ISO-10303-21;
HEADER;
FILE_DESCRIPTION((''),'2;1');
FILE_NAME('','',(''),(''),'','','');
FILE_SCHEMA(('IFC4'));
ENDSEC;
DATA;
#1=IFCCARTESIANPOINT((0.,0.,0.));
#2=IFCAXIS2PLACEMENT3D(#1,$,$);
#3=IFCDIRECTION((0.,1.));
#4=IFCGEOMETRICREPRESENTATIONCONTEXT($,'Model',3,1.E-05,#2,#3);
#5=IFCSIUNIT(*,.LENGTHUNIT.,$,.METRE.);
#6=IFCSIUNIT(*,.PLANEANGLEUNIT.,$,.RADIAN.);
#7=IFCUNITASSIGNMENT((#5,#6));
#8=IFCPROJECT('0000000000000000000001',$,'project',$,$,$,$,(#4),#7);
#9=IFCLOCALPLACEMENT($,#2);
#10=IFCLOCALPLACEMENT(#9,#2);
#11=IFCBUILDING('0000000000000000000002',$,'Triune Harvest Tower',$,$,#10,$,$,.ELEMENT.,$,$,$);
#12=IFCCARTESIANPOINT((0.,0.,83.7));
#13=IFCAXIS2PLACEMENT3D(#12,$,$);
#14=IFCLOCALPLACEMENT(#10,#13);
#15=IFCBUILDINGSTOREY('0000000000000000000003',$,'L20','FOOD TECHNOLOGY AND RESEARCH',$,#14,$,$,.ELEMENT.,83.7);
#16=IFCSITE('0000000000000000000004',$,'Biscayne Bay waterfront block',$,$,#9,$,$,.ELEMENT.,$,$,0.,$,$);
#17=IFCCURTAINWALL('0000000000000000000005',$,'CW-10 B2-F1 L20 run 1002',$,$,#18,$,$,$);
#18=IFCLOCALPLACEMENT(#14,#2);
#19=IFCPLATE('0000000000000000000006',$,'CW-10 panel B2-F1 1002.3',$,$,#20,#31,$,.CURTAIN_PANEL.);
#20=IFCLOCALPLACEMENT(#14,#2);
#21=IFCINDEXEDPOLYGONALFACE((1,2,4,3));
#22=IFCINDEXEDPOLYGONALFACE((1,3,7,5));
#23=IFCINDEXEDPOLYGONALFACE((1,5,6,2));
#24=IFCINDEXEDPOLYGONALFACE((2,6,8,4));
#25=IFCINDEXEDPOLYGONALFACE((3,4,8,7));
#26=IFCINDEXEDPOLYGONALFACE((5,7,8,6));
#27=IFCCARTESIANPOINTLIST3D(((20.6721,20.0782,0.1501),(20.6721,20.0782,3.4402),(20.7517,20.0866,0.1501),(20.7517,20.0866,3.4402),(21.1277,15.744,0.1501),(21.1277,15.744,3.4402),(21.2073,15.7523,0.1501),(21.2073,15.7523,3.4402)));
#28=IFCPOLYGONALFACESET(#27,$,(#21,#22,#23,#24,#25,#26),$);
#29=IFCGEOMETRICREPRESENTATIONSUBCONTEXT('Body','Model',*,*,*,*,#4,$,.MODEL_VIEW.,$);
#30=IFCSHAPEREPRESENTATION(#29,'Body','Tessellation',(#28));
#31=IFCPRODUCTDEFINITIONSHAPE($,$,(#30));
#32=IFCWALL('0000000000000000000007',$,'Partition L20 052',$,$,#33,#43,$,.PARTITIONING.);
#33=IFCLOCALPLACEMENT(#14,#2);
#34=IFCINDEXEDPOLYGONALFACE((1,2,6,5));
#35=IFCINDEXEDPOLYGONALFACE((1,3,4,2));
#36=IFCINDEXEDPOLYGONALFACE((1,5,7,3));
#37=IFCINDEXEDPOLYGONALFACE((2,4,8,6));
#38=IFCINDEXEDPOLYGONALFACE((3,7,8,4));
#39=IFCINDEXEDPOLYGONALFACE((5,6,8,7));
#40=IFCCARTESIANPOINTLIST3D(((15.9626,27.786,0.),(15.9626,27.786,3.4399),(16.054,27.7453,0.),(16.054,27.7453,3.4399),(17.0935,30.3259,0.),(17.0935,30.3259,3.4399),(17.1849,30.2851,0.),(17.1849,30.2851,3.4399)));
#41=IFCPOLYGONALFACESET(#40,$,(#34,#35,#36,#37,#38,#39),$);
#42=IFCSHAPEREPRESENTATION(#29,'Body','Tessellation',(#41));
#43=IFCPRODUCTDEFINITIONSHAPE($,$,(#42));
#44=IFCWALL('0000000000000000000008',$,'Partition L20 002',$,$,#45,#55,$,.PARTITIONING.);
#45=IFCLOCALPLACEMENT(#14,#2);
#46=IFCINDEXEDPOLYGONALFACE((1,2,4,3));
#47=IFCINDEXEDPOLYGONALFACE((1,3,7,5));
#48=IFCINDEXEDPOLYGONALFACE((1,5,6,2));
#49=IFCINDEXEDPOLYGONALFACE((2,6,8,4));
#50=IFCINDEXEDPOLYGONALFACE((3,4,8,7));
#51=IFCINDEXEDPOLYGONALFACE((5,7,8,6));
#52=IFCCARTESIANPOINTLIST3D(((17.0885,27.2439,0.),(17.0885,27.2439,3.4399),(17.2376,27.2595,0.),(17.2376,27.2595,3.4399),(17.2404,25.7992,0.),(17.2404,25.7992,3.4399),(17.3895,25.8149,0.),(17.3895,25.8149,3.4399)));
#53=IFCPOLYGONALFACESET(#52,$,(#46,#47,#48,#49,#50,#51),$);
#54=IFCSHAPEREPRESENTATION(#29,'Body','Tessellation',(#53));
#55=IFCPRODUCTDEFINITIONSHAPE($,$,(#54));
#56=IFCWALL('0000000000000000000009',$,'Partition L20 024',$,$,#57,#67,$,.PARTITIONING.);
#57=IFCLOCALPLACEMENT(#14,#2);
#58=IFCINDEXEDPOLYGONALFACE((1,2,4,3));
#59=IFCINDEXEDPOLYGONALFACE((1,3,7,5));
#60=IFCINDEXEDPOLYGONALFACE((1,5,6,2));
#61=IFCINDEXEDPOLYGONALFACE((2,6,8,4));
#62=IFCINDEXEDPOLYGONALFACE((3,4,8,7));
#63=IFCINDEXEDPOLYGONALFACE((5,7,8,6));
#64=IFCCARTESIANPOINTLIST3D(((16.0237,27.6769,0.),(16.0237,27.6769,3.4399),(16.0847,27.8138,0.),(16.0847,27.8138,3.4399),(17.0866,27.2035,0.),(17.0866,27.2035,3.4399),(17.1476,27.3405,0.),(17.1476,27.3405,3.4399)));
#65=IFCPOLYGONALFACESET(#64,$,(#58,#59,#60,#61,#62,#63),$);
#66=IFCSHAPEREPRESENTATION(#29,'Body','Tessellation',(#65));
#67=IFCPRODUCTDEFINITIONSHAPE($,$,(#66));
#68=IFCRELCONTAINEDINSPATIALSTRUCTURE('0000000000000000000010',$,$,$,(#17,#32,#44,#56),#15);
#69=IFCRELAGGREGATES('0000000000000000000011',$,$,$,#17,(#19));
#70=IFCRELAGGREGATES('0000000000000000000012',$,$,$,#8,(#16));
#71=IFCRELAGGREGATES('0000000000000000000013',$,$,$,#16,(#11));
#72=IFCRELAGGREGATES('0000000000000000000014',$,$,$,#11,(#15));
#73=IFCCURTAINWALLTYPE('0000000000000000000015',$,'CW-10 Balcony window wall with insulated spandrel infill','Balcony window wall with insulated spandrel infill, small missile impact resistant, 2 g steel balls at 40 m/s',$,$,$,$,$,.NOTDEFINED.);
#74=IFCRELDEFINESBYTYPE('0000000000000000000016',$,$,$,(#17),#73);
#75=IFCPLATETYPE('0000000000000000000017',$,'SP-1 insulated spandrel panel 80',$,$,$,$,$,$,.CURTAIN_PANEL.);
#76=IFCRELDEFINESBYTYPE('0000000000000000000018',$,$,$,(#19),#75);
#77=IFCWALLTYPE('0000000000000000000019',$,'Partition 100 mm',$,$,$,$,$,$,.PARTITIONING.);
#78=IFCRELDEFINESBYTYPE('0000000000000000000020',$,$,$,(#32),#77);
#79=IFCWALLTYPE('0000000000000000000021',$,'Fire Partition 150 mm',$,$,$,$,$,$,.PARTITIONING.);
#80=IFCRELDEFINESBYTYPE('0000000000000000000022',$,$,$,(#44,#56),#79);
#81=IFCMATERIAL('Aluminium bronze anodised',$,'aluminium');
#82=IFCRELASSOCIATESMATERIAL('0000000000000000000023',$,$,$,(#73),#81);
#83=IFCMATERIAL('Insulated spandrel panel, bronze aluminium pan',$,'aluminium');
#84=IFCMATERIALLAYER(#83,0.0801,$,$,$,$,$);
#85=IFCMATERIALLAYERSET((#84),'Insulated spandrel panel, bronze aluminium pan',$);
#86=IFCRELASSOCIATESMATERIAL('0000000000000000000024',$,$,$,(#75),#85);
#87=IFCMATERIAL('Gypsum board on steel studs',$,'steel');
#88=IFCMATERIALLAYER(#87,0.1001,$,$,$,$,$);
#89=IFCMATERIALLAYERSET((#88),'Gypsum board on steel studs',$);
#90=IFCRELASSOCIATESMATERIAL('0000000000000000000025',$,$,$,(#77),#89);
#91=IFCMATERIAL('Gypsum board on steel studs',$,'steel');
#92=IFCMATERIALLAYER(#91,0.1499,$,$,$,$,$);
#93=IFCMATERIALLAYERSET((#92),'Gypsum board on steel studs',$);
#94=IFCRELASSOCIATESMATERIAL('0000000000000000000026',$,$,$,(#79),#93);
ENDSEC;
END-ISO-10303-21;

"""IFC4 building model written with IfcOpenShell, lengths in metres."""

from ifc_helpers import new_model, si_unit, direction, frame, frame_2d, origin, origin_2d, place, context, subcontext, project, spatial, rectangle, extrude, source, transform, mapped, material, layer, layer_set, type_object, element, aggregate, save


model = new_model("IFC4")

# Units and contexts
model_context = context("Model", 3, precision=1e-05, world=origin(), true_north=direction((0.0, 1.0)))
body_context = subcontext(model_context, "Body", "Model", "MODEL_VIEW")
ifc_project = project(units=[si_unit("LENGTHUNIT", "METRE"), si_unit("PLANEANGLEUNIT", "RADIAN")], contexts=[model_context])

# Site, building, storey
site_placement = place(None, origin())
site = spatial("IfcSite", under=ifc_project, at=site_placement, Name="Biscayne Bay waterfront block", CompositionType="ELEMENT", RefElevation=0.0)
building_placement = place(site_placement, origin())
building = spatial("IfcBuilding", under=site, at=building_placement, Name="Triune Harvest Tower", CompositionType="ELEMENT")
storey_placement = place(building_placement, frame((0.0, 0.0, 83.7)))
storey = spatial("IfcBuildingStorey", under=building, at=storey_placement, Name="L20", Description="FOOD TECHNOLOGY AND RESEARCH", CompositionType="ELEMENT", Elevation=83.7)

# Curtain wall
ifc_material_1 = material(Name="Aluminium bronze anodised", Category="aluminium")
curtain_wall_type_1 = type_object("IfcCurtainWallType", Name="CW-10 Balcony window wall with insulated spandrel infill", Description="Balcony window wall with insulated spandrel infill, small missile impact resistant, 2 g steel balls at 40 m/s", PredefinedType="NOTDEFINED", material=ifc_material_1)
curtain_wall_1_placement = place(storey_placement, origin())
curtain_wall_1 = element("IfcCurtainWall", 1, at=curtain_wall_1_placement, inside=storey, type_object=curtain_wall_type_1, Name="CW-10 B2-F1 L20 run 1002")

# Plate
ifc_material_2 = material(Name="Insulated spandrel panel, bronze aluminium pan", Category="aluminium")
ifc_layer_1 = layer(ifc_material_2, 0.0801)
ifc_layer_set_1 = layer_set([ifc_layer_1], Name="Insulated spandrel panel, bronze aluminium pan")
plate_type_1 = type_object("IfcPlateType", Name="SP-1 insulated spandrel panel 80", PredefinedType="CURTAIN_PANEL", material=ifc_layer_set_1)
shared_shape_1 = source(origin(), body_context, "Body", "SweptSolid", [
    extrude(rectangle(XDim=4.3582, YDim=0.0801, at=origin_2d()), origin(), (0.0, 0.0, 1.0), 3.29),
])
plate_1_placement = place(storey_placement, frame((20.9397, 17.9153, 0.1501), z_axis=(0.0, 0.0, 1.0), x_axis=(-0.104528, 0.994522, 0.0)))
plate_1 = element("IfcPlate", 2, at=plate_1_placement, type_object=plate_type_1, Name="CW-10 panel B2-F1 1002.3", PredefinedType="CURTAIN_PANEL", context=body_context, shape_type="MappedRepresentation", body=[
    mapped(shared_shape_1, transform((0.0, 0.0, 0.0), scale=1.0)),
])
aggregate(curtain_wall_1, [plate_1])

# Walls
ifc_material_3 = material(Name="Gypsum board on steel studs", Category="steel")
ifc_layer_2 = layer(ifc_material_3, 0.1001)
ifc_layer_set_2 = layer_set([ifc_layer_2], Name="Gypsum board on steel studs")
wall_type_1 = type_object("IfcWallType", Name="Partition 100 mm", PredefinedType="PARTITIONING", material=ifc_layer_set_2)
shared_shape_2 = source(origin(), body_context, "Body", "SweptSolid", [
    extrude(rectangle(XDim=2.7803, YDim=0.1001, at=frame_2d((1.3901, 0.0))), origin(), (0.0, 0.0, 1.0), 3.4399),
])
wall_1_placement = place(storey_placement, frame((16.0083, 27.7656, 0.0), z_axis=(0.0, 0.0, 1.0), x_axis=(0.406758, 0.913536, 0.0)))
element("IfcWall", 3, at=wall_1_placement, inside=storey, type_object=wall_type_1, Name="Partition L20 052", PredefinedType="PARTITIONING", context=body_context, shape_type="MappedRepresentation", body=[
    mapped(shared_shape_2, transform((0.0, 0.0, 0.0), scale=1.0)),
])
ifc_material_4 = material(Name="Gypsum board on steel studs", Category="steel")
ifc_layer_3 = layer(ifc_material_4, 0.1499)
ifc_layer_set_3 = layer_set([ifc_layer_3], Name="Gypsum board on steel studs")
wall_type_2 = type_object("IfcWallType", Name="Fire Partition 150 mm", PredefinedType="PARTITIONING", material=ifc_layer_set_3)
shared_shape_3 = source(origin(), body_context, "Body", "SweptSolid", [
    extrude(rectangle(XDim=1.4526, YDim=0.1499, at=frame_2d((0.7263, 0.0))), origin(), (0.0, 0.0, 1.0), 3.4399),
])
wall_2_placement = place(storey_placement, frame((17.1631, 27.2517, 0.0), z_axis=(0.0, 0.0, 1.0), x_axis=(0.104545, -0.99452, 0.0)))
element("IfcWall", 4, at=wall_2_placement, inside=storey, type_object=wall_type_2, Name="Partition L20 002", PredefinedType="PARTITIONING", context=body_context, shape_type="MappedRepresentation", body=[
    mapped(shared_shape_3, transform((0.0, 0.0, 0.0), scale=1.0)),
])
shared_shape_4 = source(origin(), body_context, "Body", "SweptSolid", [
    extrude(rectangle(XDim=1.1636, YDim=0.1499, at=frame_2d((0.5818, 0.0))), origin(), (0.0, 0.0, 1.0), 3.4399),
])
wall_3_placement = place(storey_placement, frame((16.0542, 27.7454, 0.0), z_axis=(0.0, 0.0, 1.0), x_axis=(0.913508, -0.40682, 0.0)))
element("IfcWall", 5, at=wall_3_placement, inside=storey, type_object=wall_type_2, Name="Partition L20 024", PredefinedType="PARTITIONING", context=body_context, shape_type="MappedRepresentation", body=[
    mapped(shared_shape_4, transform((0.0, 0.0, 0.0), scale=1.0)),
])

save(model, "model.ifc")
